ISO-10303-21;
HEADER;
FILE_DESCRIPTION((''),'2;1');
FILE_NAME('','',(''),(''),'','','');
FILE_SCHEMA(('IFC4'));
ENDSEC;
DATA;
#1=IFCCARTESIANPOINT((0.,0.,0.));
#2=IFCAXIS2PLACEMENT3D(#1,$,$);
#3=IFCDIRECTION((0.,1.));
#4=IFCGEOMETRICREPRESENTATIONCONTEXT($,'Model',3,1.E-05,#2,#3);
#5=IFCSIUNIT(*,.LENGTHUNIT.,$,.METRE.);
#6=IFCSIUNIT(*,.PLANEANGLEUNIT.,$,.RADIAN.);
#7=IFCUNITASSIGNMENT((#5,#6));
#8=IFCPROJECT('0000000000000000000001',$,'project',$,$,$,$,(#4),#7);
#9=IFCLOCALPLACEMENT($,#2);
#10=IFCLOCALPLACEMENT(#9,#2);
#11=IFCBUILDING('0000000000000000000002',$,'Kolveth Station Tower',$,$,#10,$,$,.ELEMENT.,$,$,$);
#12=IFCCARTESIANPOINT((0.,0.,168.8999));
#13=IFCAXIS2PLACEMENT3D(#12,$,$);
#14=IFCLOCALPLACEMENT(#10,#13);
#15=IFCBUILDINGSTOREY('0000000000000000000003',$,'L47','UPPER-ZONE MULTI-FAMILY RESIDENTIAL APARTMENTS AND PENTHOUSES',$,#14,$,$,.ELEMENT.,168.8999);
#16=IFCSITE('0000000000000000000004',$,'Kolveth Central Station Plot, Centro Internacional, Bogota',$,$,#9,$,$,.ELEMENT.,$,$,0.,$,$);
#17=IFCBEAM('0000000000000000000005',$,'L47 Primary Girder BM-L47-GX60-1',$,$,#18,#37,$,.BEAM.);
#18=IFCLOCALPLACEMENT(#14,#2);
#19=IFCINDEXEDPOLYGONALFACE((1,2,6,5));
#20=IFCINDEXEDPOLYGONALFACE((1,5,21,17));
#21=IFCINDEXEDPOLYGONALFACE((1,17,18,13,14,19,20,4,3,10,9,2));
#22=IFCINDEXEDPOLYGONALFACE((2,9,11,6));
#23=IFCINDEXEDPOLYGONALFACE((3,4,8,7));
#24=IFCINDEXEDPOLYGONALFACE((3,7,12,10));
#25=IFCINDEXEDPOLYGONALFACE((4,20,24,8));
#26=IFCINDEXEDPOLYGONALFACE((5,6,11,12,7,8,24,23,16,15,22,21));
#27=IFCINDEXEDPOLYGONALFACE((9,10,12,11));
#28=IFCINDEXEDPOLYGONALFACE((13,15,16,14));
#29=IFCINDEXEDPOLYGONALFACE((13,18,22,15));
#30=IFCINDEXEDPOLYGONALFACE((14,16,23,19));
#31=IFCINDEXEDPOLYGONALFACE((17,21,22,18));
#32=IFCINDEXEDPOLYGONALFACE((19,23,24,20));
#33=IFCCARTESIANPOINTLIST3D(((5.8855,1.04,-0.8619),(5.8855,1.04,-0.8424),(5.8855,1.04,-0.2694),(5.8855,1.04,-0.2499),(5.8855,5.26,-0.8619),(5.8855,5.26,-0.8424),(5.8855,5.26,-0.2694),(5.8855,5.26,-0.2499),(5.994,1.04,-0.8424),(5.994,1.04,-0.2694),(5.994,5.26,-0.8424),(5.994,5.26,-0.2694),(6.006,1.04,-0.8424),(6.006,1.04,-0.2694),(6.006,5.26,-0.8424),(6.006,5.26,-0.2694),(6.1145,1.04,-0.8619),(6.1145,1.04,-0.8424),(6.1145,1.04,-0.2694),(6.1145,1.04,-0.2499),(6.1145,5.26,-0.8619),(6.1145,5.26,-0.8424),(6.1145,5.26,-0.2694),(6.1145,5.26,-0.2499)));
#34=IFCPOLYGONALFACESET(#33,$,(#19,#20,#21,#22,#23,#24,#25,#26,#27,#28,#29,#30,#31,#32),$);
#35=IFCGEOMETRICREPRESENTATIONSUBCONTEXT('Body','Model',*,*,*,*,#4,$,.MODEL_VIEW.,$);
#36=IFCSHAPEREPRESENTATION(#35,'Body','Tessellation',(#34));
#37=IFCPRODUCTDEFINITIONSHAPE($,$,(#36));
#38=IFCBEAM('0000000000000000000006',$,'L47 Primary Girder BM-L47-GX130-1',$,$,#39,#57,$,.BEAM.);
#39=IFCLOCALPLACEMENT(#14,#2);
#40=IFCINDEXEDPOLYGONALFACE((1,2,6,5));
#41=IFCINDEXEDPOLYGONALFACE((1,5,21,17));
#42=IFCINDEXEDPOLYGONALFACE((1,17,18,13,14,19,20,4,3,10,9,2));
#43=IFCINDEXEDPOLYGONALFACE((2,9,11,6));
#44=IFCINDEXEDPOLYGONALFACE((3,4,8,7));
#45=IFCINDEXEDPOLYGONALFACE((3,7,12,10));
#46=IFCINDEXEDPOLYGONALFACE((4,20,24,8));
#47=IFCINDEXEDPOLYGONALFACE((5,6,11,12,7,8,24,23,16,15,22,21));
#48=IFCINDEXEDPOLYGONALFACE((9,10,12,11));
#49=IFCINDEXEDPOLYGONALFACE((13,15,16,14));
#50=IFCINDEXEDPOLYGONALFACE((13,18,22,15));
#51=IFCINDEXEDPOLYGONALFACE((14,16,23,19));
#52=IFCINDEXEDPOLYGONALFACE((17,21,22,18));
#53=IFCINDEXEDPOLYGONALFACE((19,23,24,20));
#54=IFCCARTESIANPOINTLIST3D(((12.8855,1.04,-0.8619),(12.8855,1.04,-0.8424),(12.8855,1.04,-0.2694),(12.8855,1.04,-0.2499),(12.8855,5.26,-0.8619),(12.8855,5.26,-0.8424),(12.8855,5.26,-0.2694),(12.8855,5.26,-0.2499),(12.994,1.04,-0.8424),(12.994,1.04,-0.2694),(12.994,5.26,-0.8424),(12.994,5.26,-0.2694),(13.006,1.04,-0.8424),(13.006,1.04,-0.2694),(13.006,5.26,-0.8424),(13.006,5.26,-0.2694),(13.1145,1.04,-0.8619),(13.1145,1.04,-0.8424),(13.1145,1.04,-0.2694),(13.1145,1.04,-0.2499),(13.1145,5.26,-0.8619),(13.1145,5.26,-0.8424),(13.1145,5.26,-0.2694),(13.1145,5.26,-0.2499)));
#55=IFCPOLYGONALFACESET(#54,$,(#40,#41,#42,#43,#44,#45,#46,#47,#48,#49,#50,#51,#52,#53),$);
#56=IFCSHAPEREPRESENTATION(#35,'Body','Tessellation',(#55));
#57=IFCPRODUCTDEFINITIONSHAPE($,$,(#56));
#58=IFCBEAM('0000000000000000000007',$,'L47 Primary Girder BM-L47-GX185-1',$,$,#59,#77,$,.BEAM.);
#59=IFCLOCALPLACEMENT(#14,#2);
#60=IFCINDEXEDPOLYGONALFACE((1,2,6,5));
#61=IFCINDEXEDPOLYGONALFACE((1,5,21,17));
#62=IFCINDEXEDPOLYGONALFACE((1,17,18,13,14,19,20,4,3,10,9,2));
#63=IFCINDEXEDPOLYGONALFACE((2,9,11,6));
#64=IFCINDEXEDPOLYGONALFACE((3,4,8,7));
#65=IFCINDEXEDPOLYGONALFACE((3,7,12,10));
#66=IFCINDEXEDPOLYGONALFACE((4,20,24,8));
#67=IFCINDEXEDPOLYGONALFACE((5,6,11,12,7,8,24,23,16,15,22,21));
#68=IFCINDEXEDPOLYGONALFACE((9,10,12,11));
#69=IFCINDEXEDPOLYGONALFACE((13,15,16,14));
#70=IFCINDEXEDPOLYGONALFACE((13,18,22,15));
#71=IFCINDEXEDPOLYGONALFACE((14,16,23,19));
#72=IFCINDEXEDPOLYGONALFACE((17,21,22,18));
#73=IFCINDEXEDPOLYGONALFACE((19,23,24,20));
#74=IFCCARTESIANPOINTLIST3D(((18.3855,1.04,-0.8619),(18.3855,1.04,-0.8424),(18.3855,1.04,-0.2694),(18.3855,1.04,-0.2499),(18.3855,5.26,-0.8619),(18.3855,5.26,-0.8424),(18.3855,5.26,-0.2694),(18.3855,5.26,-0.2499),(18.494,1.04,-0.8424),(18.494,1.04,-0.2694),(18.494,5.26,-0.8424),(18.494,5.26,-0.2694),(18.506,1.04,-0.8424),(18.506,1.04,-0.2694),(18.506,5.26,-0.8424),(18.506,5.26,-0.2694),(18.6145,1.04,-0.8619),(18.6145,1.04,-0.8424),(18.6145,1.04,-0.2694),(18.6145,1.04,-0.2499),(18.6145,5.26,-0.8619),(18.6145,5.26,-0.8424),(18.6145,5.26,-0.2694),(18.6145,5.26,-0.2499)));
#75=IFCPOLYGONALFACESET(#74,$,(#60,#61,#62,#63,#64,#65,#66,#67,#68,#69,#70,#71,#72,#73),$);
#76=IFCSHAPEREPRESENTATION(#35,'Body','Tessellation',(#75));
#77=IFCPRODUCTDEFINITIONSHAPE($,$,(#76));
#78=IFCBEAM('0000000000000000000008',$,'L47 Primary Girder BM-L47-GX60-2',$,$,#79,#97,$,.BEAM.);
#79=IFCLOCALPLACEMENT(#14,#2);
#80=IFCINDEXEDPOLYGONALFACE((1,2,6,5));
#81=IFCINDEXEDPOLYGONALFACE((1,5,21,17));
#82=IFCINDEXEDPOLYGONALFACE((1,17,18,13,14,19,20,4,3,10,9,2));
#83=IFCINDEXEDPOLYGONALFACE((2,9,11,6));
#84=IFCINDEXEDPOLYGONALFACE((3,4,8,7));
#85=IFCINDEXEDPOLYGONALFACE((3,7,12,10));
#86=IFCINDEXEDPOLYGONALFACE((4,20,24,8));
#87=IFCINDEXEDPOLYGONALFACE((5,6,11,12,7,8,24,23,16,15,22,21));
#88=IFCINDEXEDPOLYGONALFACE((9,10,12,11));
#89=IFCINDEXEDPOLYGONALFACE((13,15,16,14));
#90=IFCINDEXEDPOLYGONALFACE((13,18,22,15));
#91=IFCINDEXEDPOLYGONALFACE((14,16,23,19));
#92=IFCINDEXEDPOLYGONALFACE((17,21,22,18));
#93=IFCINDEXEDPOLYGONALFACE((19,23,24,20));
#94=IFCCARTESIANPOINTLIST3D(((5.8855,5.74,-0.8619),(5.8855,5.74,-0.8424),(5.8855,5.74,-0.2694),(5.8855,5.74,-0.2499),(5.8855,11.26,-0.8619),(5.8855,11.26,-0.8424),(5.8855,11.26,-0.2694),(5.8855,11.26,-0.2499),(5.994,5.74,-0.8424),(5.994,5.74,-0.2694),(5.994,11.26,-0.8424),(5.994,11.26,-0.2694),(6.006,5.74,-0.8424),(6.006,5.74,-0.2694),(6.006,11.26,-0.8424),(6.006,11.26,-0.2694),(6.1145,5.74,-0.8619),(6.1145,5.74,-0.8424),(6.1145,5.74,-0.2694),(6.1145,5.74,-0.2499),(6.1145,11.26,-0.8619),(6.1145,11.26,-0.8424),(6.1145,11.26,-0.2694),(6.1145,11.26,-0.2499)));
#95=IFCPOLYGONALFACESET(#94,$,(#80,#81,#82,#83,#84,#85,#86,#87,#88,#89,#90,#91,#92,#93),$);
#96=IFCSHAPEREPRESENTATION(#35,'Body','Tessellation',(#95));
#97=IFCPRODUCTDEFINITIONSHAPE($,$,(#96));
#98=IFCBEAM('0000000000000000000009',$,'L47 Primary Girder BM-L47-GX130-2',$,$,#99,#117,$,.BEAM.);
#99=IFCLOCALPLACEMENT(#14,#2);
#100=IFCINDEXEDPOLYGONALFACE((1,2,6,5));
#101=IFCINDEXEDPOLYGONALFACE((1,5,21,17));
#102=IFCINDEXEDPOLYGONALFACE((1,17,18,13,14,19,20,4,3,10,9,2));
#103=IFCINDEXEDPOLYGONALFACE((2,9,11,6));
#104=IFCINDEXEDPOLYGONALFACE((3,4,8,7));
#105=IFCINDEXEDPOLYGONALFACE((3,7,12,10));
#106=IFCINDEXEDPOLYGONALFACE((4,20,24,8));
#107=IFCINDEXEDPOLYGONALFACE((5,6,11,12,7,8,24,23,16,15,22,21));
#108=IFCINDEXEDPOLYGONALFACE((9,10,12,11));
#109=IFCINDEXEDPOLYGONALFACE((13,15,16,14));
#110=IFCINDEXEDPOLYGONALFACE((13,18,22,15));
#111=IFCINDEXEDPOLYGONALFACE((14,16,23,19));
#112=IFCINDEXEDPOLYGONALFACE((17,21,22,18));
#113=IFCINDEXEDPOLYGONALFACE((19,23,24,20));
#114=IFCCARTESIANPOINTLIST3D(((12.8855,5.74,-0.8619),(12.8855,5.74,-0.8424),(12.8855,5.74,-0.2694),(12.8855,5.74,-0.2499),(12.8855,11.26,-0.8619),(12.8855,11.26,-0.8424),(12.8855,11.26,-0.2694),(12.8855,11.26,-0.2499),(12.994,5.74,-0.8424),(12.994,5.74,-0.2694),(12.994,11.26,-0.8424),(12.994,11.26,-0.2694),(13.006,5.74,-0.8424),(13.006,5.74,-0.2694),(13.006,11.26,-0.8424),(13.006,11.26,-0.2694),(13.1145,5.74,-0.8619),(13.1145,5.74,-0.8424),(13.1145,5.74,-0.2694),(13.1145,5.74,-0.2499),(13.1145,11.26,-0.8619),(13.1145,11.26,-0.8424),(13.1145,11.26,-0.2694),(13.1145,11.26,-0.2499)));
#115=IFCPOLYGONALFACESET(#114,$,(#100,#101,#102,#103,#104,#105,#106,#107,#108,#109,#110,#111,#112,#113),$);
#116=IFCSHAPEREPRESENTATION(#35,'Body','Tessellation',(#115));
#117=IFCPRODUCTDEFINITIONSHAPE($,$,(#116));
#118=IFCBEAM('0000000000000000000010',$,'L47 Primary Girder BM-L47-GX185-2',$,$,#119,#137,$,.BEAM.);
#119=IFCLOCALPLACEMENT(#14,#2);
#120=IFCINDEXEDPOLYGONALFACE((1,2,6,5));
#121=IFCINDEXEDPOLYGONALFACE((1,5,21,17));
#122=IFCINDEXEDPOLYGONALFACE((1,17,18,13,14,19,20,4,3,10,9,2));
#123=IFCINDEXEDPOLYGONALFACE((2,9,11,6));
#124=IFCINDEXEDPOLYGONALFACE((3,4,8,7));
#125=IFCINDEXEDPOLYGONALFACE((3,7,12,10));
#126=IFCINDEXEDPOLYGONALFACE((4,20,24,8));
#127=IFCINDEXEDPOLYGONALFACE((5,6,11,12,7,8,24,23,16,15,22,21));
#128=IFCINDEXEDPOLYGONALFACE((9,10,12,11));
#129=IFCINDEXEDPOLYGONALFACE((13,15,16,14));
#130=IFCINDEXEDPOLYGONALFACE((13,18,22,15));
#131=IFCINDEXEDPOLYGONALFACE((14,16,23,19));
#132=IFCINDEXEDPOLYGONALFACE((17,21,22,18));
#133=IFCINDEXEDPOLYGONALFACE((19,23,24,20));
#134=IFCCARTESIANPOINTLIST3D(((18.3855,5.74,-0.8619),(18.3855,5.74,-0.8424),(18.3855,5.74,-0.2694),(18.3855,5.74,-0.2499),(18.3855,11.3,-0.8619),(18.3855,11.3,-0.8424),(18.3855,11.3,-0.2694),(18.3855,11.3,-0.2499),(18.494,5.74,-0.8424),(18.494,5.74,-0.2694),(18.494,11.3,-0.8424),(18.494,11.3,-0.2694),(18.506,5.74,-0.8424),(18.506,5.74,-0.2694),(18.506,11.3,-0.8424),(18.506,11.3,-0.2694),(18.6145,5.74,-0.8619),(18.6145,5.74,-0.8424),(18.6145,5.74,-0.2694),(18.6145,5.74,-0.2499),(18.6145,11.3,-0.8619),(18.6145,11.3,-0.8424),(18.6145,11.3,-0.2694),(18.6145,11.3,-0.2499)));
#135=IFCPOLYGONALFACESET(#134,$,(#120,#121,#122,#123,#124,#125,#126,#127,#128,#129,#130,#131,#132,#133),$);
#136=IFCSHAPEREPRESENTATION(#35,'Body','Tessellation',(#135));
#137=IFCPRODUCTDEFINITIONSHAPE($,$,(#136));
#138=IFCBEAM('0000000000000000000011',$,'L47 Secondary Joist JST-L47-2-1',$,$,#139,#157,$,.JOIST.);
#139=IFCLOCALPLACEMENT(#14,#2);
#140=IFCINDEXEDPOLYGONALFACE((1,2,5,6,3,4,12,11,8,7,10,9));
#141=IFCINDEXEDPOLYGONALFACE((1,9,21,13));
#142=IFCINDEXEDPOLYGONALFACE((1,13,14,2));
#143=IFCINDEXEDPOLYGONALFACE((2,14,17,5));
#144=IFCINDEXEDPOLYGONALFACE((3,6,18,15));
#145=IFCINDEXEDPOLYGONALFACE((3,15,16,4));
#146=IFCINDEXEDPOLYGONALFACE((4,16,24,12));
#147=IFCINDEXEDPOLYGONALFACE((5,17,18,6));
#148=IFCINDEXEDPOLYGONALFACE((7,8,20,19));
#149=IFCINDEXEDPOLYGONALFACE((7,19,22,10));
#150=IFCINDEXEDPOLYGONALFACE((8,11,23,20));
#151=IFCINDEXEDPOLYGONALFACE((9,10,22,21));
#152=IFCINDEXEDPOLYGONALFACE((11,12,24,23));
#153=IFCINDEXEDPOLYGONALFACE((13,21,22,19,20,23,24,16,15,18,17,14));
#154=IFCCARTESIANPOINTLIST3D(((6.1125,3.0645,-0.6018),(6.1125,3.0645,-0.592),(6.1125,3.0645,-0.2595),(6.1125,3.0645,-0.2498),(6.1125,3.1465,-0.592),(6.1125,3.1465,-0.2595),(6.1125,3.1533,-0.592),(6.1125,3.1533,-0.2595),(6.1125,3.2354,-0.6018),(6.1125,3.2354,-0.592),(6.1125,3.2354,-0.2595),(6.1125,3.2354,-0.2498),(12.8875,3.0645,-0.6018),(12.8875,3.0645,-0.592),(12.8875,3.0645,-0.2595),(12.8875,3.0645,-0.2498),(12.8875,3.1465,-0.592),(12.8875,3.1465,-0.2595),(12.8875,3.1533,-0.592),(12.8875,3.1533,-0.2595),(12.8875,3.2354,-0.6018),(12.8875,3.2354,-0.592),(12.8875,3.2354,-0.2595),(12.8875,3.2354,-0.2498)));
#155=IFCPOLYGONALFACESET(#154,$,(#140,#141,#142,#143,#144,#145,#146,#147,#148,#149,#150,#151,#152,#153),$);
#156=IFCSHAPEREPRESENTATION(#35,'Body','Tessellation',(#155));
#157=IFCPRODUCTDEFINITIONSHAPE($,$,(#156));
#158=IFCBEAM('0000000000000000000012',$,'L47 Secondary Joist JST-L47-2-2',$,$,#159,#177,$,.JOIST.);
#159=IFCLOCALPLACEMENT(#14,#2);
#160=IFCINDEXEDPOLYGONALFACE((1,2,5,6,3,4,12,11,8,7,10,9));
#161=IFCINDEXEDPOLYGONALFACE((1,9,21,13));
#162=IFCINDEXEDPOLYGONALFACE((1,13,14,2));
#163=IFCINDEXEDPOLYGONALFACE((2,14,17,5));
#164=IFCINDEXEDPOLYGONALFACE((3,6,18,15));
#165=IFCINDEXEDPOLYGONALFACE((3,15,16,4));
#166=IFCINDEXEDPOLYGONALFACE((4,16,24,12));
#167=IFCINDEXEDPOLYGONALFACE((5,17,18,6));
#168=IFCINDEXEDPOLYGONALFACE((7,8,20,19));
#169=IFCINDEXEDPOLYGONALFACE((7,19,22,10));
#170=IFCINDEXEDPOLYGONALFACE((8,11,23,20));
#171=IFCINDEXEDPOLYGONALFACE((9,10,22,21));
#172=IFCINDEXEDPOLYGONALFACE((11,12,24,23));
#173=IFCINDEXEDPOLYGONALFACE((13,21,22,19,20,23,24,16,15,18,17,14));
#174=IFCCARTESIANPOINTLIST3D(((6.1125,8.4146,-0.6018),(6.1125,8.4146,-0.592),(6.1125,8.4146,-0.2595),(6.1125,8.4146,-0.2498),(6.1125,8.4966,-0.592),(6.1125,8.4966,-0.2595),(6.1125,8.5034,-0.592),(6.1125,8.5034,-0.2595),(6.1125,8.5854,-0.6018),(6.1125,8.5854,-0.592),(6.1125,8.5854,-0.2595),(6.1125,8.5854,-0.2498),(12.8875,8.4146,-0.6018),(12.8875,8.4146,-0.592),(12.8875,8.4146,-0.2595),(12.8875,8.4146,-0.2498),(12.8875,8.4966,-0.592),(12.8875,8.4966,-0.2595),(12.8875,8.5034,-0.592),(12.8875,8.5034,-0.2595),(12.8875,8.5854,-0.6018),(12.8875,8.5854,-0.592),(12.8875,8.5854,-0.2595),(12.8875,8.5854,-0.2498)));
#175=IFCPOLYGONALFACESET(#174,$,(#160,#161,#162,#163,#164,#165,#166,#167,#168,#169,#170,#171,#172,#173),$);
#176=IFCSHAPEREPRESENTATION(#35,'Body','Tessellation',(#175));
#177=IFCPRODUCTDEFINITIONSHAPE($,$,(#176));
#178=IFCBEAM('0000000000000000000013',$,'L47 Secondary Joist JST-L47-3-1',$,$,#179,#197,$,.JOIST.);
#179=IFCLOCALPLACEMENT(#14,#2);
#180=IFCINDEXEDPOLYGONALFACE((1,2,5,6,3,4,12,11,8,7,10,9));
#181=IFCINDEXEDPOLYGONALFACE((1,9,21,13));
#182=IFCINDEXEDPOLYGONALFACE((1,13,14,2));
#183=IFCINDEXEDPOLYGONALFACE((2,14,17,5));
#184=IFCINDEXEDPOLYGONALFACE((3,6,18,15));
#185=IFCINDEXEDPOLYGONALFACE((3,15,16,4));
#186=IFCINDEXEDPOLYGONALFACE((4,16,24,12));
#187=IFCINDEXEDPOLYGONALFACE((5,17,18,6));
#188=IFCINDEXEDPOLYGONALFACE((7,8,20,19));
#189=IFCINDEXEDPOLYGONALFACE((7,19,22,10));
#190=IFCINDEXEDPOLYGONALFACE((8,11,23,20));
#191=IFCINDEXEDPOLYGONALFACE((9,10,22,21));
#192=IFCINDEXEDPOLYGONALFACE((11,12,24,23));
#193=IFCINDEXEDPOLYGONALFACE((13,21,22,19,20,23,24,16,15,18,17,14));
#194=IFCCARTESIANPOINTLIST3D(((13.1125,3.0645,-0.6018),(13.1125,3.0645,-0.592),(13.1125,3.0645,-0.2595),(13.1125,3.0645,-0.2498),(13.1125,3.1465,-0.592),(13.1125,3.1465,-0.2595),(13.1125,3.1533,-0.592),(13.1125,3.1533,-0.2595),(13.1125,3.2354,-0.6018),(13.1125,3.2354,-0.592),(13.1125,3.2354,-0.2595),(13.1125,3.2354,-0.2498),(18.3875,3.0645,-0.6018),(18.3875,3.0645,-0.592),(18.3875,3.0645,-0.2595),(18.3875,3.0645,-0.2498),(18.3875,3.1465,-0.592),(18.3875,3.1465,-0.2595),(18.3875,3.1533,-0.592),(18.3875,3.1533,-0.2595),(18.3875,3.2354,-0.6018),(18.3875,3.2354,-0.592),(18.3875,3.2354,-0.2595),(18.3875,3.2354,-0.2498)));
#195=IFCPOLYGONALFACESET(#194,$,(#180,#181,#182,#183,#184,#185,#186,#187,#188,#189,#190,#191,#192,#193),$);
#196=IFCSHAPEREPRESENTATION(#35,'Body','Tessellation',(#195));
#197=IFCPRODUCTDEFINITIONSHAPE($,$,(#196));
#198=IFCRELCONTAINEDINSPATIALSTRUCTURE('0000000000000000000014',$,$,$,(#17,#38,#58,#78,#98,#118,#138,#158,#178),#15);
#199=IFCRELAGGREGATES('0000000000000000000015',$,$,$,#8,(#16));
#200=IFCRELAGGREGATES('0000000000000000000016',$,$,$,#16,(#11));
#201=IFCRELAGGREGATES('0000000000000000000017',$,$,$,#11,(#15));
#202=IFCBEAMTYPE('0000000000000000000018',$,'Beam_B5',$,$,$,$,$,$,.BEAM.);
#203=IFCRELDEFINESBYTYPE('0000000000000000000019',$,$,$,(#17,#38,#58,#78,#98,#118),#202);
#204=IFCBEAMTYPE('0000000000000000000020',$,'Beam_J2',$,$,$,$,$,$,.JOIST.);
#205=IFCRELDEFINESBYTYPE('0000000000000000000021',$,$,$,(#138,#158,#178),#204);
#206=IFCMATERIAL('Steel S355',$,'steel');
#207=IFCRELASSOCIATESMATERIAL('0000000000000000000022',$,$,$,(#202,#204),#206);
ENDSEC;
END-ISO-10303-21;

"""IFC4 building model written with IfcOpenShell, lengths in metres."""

from ifc_helpers import new_model, si_unit, direction, frame, origin, origin_2d, place, context, subcontext, project, spatial, i_section, extrude, source, transform, mapped, material, material_profile, profile_set, type_object, element, save


model = new_model("IFC4")

# Units and contexts
model_context = context("Model", 3, precision=1e-05, world=origin(), true_north=direction((0.0, 1.0)))
body_context = subcontext(model_context, "Body", "Model", "MODEL_VIEW")
ifc_project = project(units=[si_unit("LENGTHUNIT", "METRE"), si_unit("PLANEANGLEUNIT", "RADIAN")], contexts=[model_context])

# Site, building, storey
site_placement = place(None, origin())
site = spatial("IfcSite", under=ifc_project, at=site_placement, Name="Kolveth Central Station Plot, Centro Internacional, Bogota", CompositionType="ELEMENT", RefElevation=0.0)
building_placement = place(site_placement, origin())
building = spatial("IfcBuilding", under=site, at=building_placement, Name="Kolveth Station Tower", CompositionType="ELEMENT")
storey_placement = place(building_placement, frame((0.0, 0.0, 168.8999)))
storey = spatial("IfcBuildingStorey", under=building, at=storey_placement, Name="L47", Description="UPPER-ZONE MULTI-FAMILY RESIDENTIAL APARTMENTS AND PENTHOUSES", CompositionType="ELEMENT", Elevation=168.8999)

# Shared definitions
ifc_material = material(Name="Steel S355", Category="steel")

# Beams
ifc_material_profile_1 = material_profile(ifc_material, i_section(OverallWidth=0.229, OverallDepth=0.6121, WebThickness=0.012, FlangeThickness=0.0195, at=origin_2d()), Name="W610x125")
ifc_profile_set_1 = profile_set([ifc_material_profile_1], Name="Steel S355")
beam_type_1 = type_object("IfcBeamType", Name="Beam_B5", PredefinedType="BEAM", material=ifc_profile_set_1)
shared_shape_1 = source(origin(), body_context, "Body", "SweptSolid", [
    extrude(i_section(OverallWidth=0.229, OverallDepth=0.6121, WebThickness=0.012, FlangeThickness=0.0195, at=origin_2d()), origin(), (0.0, 0.0, 1.0), 4.22),
])
for number, where, z_axis, x_axis, name in (
    (1, (6.0, 1.04, -0.5559), (0.0, 1.0, 0.0), (-1.0, 0.0, 0.0), "L47 Primary Girder BM-L47-GX60-1"),
    (2, (13.0, 1.04, -0.5559), (0.0, 1.0, 0.0), (-1.0, 0.0, 0.0), "L47 Primary Girder BM-L47-GX130-1"),
    (3, (18.5, 1.04, -0.5559), (0.0, 1.0, 0.0), (-1.0, 0.0, 0.0), "L47 Primary Girder BM-L47-GX185-1"),
):
    element("IfcBeam", number, at=place(storey_placement, frame(where, z_axis=z_axis, x_axis=x_axis)), inside=storey, type_object=beam_type_1, Name=name, PredefinedType="BEAM", context=body_context, shape_type="MappedRepresentation", body=[
        mapped(shared_shape_1, transform((0.0, 0.0, 0.0), x_axis=(1.0, 0.0, 0.0), y_axis=(0.0, 1.0, 0.0), z_axis=(0.0, 0.0, 1.0), scale=1.0)),
    ])
shared_shape_2 = source(origin(), body_context, "Body", "SweptSolid", [
    extrude(i_section(OverallWidth=0.229, OverallDepth=0.6121, WebThickness=0.012, FlangeThickness=0.0195, at=origin_2d()), origin(), (0.0, 0.0, 1.0), 5.52),
])
for number, where, z_axis, x_axis, name in (
    (4, (6.0, 5.74, -0.5559), (0.0, 1.0, 0.0), (-1.0, 0.0, 0.0), "L47 Primary Girder BM-L47-GX60-2"),
    (5, (13.0, 5.74, -0.5559), (0.0, 1.0, 0.0), (-1.0, 0.0, 0.0), "L47 Primary Girder BM-L47-GX130-2"),
):
    element("IfcBeam", number, at=place(storey_placement, frame(where, z_axis=z_axis, x_axis=x_axis)), inside=storey, type_object=beam_type_1, Name=name, PredefinedType="BEAM", context=body_context, shape_type="MappedRepresentation", body=[
        mapped(shared_shape_2, transform((0.0, 0.0, 0.0), x_axis=(1.0, 0.0, 0.0), y_axis=(0.0, 1.0, 0.0), z_axis=(0.0, 0.0, 1.0), scale=1.0)),
    ])
shared_shape_3 = source(origin(), body_context, "Body", "SweptSolid", [
    extrude(i_section(OverallWidth=0.229, OverallDepth=0.6121, WebThickness=0.012, FlangeThickness=0.0195, at=origin_2d()), origin(), (0.0, 0.0, 1.0), 5.5601),
])
beam_1_placement = place(storey_placement, frame((18.5, 5.74, -0.5559), z_axis=(0.0, 1.0, 0.0), x_axis=(-1.0, 0.0, 0.0)))
element("IfcBeam", 6, at=beam_1_placement, inside=storey, type_object=beam_type_1, Name="L47 Primary Girder BM-L47-GX185-2", PredefinedType="BEAM", context=body_context, shape_type="MappedRepresentation", body=[
    mapped(shared_shape_3, transform((0.0, 0.0, 0.0), x_axis=(1.0, 0.0, 0.0), y_axis=(0.0, 1.0, 0.0), z_axis=(0.0, 0.0, 1.0), scale=1.0)),
])
ifc_material_profile_2 = material_profile(ifc_material, i_section(OverallWidth=0.1709, OverallDepth=0.3521, WebThickness=0.0068, FlangeThickness=0.0098, at=origin_2d()), Name="W360x44")
ifc_profile_set_2 = profile_set([ifc_material_profile_2], Name="Steel S355")
beam_type_2 = type_object("IfcBeamType", Name="Beam_J2", PredefinedType="JOIST", material=ifc_profile_set_2)
shared_shape_4 = source(origin(), body_context, "Body", "SweptSolid", [
    extrude(i_section(OverallWidth=0.1709, OverallDepth=0.3521, WebThickness=0.0068, FlangeThickness=0.0098, at=origin_2d()), origin(), (0.0, 0.0, 1.0), 6.7749),
])
for number, where, z_axis, x_axis, name in (
    (7, (6.1125, 3.1499, -0.4258), (1.0, 0.0, 0.0), (0.0, 1.0, 0.0), "L47 Secondary Joist JST-L47-2-1"),
    (8, (6.1125, 8.5, -0.4258), (1.0, 0.0, 0.0), (0.0, 1.0, 0.0), "L47 Secondary Joist JST-L47-2-2"),
):
    element("IfcBeam", number, at=place(storey_placement, frame(where, z_axis=z_axis, x_axis=x_axis)), inside=storey, type_object=beam_type_2, Name=name, PredefinedType="JOIST", context=body_context, shape_type="MappedRepresentation", body=[
        mapped(shared_shape_4, transform((0.0, 0.0, 0.0), x_axis=(1.0, 0.0, 0.0), y_axis=(0.0, 1.0, 0.0), z_axis=(0.0, 0.0, 1.0), scale=1.0)),
    ])
shared_shape_5 = source(origin(), body_context, "Body", "SweptSolid", [
    extrude(i_section(OverallWidth=0.1709, OverallDepth=0.3521, WebThickness=0.0068, FlangeThickness=0.0098, at=origin_2d()), origin(), (0.0, 0.0, 1.0), 5.2749),
])
for number, where, z_axis, x_axis, name in (
    (9, (13.1125, 3.1499, -0.4258), (1.0, 0.0, 0.0), (0.0, 1.0, 0.0), "L47 Secondary Joist JST-L47-3-1"),
):
    element("IfcBeam", number, at=place(storey_placement, frame(where, z_axis=z_axis, x_axis=x_axis)), inside=storey, type_object=beam_type_2, Name=name, PredefinedType="JOIST", context=body_context, shape_type="MappedRepresentation", body=[
        mapped(shared_shape_5, transform((0.0, 0.0, 0.0), x_axis=(1.0, 0.0, 0.0), y_axis=(0.0, 1.0, 0.0), z_axis=(0.0, 0.0, 1.0), scale=1.0)),
    ])

save(model, "model.ifc")
